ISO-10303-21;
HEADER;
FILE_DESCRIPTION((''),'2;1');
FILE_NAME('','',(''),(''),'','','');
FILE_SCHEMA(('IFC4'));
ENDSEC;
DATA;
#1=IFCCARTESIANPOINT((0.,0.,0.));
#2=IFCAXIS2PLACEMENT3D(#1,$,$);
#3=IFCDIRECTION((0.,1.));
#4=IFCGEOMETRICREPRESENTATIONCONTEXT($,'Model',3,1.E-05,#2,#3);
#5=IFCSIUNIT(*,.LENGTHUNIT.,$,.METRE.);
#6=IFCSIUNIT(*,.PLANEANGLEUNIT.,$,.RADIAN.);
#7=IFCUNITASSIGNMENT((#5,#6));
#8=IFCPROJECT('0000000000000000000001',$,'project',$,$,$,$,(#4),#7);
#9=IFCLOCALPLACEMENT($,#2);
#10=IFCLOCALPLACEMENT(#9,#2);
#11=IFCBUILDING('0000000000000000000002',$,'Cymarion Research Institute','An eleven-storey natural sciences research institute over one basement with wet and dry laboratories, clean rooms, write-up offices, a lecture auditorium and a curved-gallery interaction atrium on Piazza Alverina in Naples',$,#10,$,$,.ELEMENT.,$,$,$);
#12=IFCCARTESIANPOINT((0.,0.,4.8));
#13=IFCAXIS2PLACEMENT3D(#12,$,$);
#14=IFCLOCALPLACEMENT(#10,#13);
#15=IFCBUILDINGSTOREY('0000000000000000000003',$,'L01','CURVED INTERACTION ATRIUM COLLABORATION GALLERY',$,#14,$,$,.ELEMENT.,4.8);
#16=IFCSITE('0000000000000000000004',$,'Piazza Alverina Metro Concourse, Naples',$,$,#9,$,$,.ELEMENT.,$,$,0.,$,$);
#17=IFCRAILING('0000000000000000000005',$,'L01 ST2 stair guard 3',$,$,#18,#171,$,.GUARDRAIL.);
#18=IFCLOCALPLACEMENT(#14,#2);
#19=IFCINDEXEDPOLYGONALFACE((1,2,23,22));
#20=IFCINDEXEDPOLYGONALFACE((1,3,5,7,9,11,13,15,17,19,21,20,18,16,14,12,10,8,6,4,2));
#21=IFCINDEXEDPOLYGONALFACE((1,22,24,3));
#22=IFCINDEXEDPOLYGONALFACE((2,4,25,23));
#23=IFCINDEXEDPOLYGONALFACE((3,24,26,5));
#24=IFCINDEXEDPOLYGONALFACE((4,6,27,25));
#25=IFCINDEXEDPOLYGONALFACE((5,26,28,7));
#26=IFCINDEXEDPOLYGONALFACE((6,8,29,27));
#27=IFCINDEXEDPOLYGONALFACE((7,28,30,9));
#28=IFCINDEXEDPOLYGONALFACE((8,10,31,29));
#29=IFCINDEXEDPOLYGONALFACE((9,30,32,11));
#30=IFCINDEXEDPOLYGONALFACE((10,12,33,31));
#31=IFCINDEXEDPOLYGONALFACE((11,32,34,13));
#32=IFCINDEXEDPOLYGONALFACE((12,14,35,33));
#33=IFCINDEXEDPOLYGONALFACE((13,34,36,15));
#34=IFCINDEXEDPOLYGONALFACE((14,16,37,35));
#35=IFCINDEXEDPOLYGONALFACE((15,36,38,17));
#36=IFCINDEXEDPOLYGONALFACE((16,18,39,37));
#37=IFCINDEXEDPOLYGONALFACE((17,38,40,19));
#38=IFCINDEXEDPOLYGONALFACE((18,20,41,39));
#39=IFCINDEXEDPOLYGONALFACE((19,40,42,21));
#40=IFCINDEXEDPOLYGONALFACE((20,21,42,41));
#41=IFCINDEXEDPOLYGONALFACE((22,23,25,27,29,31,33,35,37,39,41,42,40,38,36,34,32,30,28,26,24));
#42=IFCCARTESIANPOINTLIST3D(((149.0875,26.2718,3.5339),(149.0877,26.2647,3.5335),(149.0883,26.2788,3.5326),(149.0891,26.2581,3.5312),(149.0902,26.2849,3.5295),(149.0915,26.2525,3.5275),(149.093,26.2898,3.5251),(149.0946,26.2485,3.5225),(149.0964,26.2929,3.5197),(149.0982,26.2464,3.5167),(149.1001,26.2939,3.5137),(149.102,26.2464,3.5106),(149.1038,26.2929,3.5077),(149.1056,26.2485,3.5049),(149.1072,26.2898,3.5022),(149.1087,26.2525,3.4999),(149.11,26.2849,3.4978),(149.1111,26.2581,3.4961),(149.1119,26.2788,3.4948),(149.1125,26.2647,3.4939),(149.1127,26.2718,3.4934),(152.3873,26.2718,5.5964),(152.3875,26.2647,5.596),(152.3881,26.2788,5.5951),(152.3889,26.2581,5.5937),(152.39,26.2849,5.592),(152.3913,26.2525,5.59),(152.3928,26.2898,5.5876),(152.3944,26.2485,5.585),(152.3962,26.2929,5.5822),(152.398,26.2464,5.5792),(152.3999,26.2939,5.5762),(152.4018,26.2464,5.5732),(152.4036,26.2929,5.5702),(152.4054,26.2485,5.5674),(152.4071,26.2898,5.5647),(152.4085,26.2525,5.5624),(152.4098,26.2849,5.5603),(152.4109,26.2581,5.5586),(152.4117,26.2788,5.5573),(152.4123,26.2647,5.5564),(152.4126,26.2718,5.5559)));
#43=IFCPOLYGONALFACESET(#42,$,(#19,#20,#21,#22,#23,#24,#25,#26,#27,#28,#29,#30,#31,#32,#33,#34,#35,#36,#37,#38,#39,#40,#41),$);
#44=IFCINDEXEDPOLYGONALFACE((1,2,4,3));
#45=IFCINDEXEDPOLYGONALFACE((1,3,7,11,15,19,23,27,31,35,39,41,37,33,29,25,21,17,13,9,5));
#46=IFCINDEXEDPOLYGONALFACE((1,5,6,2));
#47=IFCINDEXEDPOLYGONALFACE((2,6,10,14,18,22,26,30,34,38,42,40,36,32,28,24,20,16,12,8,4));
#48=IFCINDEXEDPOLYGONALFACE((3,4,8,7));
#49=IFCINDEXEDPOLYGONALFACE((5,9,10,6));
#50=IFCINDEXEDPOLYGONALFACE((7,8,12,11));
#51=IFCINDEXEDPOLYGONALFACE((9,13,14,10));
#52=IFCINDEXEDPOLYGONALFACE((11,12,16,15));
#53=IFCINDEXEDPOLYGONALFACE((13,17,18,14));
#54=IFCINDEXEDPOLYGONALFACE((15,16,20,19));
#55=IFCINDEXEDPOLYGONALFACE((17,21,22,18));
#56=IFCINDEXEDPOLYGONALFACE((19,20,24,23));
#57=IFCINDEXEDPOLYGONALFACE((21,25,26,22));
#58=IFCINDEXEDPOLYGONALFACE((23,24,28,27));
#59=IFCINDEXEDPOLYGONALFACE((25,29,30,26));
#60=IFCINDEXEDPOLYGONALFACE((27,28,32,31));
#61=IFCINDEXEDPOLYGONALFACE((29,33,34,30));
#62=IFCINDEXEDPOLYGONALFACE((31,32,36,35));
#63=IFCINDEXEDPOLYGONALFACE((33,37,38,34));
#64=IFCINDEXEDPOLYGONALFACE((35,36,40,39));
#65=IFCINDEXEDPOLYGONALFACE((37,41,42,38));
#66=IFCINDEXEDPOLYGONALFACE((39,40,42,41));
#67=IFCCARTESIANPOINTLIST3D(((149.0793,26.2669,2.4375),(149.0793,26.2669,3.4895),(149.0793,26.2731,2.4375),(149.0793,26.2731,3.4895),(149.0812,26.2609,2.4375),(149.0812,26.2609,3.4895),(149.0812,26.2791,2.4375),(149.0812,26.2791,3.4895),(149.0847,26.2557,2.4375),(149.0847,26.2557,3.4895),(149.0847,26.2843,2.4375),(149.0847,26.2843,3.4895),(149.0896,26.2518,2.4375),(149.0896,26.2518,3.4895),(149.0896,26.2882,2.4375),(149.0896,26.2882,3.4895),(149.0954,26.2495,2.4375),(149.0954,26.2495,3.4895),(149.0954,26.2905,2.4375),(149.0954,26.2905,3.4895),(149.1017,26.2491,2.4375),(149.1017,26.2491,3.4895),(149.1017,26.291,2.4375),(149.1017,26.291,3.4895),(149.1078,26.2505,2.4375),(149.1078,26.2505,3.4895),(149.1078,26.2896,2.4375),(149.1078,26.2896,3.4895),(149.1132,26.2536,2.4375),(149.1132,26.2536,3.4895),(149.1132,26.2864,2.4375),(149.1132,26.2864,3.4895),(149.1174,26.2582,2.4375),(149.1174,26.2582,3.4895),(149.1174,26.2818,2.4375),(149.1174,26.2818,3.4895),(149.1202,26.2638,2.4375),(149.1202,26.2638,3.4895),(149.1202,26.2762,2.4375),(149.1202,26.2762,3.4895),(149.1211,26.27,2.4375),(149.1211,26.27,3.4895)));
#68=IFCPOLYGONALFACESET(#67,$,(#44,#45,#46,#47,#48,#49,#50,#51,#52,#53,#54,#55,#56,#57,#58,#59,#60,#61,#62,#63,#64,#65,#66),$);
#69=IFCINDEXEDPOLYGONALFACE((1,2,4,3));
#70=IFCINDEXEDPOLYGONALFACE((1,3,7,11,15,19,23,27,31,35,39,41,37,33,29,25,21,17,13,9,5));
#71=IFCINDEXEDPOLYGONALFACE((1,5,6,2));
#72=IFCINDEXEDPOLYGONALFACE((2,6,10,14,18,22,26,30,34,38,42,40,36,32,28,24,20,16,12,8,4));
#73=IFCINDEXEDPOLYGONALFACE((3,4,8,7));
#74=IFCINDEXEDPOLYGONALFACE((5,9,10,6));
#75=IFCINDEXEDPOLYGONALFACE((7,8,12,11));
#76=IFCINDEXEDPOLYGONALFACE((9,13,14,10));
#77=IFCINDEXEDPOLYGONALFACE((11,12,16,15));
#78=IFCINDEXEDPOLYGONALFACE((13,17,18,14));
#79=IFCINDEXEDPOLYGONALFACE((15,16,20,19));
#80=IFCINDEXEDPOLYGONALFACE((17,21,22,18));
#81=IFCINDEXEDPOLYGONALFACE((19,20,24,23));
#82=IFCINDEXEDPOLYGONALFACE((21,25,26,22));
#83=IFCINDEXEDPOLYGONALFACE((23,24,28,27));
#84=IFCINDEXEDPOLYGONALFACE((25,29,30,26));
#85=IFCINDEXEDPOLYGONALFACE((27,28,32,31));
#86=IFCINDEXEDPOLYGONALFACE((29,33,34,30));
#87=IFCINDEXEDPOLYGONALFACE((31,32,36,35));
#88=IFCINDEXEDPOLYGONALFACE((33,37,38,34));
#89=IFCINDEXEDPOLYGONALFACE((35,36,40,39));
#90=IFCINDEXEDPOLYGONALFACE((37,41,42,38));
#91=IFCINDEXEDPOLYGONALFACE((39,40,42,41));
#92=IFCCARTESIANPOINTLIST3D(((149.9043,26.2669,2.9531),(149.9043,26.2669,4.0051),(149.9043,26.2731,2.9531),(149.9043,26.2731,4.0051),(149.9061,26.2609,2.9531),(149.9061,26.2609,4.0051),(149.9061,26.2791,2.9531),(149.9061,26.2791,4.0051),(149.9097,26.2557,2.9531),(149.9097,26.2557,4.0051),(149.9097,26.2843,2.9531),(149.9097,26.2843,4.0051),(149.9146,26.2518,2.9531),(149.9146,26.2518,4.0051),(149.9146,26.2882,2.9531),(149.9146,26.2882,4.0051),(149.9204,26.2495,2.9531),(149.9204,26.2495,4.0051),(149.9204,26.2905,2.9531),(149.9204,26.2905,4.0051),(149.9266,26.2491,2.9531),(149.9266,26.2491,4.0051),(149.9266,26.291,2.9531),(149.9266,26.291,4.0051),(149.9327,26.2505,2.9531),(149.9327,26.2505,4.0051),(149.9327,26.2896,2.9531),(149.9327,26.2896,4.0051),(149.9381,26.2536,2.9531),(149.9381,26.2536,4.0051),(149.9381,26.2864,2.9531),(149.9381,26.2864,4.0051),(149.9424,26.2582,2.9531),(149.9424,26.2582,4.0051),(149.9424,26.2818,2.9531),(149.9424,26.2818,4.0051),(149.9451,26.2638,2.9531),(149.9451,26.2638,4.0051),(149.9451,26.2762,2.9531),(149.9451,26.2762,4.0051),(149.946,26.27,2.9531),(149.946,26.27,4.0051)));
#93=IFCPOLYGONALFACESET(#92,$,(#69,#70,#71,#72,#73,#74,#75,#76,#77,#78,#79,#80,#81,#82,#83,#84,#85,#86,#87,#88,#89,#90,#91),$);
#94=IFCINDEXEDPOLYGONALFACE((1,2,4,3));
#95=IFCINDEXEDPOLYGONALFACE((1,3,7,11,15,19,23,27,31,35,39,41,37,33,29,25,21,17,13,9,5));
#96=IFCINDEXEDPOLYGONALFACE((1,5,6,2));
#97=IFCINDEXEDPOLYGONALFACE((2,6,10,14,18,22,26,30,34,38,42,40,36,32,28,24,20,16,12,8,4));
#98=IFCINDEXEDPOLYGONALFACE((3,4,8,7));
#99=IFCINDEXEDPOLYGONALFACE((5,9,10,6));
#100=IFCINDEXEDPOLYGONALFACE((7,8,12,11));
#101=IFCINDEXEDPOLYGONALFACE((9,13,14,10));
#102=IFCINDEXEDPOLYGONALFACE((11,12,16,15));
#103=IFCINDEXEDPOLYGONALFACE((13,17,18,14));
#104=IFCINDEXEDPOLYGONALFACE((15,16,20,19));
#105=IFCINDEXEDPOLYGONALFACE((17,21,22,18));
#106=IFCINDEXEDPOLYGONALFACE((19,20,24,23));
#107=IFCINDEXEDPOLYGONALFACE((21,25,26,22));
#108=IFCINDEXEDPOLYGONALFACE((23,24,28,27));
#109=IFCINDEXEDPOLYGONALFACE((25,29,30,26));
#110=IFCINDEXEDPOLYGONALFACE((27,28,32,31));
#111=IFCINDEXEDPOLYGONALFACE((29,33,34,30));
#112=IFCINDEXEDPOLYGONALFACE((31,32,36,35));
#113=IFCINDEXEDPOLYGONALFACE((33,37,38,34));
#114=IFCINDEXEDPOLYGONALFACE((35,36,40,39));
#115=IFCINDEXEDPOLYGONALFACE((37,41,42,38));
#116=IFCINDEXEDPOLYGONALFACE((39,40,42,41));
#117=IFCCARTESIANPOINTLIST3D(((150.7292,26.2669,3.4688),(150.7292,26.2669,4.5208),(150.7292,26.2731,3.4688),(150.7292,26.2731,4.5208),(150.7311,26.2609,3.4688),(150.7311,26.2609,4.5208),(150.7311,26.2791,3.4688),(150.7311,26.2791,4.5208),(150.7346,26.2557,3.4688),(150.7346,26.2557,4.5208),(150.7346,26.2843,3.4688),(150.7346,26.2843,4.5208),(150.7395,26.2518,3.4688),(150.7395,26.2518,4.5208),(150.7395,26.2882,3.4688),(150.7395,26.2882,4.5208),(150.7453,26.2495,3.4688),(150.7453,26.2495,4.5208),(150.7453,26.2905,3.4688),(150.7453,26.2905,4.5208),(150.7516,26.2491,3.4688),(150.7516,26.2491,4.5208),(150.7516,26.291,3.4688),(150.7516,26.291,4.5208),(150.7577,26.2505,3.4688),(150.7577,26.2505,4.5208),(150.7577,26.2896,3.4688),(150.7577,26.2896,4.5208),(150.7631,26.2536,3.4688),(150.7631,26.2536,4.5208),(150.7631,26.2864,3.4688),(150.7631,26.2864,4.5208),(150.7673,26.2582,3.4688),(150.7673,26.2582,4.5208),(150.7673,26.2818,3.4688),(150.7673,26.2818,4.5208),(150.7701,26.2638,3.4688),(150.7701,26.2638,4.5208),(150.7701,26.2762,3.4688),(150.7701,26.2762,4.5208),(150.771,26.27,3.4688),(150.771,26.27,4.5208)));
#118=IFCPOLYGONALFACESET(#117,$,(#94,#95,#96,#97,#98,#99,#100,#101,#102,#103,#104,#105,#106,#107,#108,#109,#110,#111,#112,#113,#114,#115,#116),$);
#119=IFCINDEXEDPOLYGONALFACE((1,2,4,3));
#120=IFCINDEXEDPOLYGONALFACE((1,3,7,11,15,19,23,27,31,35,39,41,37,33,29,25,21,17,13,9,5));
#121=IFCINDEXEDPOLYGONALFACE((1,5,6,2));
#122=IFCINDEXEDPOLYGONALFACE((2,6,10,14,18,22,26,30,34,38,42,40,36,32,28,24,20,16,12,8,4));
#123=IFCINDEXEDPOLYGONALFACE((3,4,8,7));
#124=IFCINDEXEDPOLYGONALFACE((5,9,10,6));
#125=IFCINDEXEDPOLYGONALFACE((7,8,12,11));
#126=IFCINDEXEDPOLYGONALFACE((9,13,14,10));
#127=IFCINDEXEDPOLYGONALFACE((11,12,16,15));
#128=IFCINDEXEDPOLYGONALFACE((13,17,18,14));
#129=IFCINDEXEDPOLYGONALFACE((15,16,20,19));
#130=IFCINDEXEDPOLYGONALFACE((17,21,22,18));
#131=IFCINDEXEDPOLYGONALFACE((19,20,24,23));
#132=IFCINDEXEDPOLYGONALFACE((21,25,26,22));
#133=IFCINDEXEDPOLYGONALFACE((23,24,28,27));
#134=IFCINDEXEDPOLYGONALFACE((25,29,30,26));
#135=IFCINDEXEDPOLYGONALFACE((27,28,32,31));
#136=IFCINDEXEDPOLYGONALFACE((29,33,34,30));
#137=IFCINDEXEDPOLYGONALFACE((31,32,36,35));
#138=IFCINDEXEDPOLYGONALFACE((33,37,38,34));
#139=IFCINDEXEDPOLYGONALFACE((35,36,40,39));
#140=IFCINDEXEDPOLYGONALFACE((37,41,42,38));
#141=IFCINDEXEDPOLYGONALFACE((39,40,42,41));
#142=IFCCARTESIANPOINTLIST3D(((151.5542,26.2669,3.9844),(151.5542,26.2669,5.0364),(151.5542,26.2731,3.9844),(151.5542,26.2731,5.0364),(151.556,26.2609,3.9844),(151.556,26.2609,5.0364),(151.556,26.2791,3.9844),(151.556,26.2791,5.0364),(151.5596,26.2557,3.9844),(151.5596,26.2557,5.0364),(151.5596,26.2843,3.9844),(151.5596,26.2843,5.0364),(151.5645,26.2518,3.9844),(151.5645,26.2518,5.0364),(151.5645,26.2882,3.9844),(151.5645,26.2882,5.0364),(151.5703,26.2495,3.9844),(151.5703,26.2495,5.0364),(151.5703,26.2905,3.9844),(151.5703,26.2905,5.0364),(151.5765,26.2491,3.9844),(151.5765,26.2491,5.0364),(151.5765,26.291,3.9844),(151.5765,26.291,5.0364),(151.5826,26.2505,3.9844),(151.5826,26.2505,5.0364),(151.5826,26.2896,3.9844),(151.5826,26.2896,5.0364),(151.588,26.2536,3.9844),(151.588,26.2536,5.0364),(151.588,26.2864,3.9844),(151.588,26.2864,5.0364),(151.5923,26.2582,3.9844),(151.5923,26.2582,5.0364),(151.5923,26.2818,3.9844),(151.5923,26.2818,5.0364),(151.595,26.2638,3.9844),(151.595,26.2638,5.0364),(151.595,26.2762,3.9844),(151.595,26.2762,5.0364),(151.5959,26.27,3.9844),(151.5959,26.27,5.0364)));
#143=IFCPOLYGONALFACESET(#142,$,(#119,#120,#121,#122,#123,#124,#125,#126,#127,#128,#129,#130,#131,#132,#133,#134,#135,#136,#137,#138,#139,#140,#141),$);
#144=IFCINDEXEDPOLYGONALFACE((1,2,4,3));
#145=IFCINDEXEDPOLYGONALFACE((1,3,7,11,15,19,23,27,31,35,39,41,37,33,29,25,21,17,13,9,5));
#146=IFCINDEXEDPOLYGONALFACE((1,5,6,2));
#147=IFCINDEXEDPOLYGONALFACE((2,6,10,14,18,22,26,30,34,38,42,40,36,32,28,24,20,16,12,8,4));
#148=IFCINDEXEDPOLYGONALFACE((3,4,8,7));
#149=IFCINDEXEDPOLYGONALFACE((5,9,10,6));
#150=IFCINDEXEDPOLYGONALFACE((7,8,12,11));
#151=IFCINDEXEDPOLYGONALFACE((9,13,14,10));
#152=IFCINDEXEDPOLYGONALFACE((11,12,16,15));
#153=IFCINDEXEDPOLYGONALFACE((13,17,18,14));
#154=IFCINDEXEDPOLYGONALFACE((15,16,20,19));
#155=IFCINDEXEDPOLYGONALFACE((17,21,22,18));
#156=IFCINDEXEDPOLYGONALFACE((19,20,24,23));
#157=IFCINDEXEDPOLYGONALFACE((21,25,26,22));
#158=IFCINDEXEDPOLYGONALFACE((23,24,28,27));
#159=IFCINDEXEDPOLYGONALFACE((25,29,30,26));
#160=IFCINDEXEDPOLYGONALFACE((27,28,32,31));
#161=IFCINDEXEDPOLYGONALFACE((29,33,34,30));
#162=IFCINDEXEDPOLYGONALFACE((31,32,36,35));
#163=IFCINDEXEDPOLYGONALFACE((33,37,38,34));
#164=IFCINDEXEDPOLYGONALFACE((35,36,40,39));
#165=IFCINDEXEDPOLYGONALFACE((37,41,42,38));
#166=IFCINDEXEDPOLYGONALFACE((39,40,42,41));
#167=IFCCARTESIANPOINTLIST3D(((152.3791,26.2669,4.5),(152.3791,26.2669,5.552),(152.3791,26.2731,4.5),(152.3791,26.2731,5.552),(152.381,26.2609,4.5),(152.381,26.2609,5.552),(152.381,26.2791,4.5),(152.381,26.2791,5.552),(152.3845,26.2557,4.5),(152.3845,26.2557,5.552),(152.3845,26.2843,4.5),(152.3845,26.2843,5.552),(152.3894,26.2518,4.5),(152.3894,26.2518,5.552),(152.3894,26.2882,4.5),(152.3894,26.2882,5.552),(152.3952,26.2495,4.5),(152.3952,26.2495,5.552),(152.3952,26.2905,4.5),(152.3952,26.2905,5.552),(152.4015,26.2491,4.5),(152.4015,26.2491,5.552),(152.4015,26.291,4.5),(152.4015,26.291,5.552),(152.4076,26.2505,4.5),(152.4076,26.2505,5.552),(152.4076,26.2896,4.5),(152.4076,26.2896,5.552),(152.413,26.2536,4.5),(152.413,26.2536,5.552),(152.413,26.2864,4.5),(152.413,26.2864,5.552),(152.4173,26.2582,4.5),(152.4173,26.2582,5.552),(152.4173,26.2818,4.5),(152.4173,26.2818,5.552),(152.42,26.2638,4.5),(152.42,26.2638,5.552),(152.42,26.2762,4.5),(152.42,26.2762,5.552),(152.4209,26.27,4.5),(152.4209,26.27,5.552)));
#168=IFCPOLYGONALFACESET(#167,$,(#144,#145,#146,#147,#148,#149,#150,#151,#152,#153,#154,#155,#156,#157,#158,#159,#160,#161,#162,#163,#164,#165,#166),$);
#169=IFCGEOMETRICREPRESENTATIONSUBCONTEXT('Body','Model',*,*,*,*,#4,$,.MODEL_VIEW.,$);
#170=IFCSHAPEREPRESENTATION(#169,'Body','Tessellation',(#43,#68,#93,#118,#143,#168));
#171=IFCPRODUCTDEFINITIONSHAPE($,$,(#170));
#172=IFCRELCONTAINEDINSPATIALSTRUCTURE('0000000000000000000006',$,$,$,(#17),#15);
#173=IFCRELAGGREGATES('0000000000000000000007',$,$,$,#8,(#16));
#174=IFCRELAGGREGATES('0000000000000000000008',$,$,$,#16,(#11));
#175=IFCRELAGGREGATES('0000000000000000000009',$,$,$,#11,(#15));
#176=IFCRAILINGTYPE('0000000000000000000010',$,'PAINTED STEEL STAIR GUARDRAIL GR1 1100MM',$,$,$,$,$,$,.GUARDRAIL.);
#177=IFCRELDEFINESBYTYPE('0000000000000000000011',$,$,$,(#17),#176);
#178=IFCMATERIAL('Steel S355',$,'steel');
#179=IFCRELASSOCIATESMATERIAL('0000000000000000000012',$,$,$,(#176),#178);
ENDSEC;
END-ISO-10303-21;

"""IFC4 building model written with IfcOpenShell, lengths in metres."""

from ifc_helpers import new_model, si_unit, direction, frame, origin, origin_2d, place, context, subcontext, project, spatial, circle, extrude, material, type_object, element, save


model = new_model("IFC4")

# Units and contexts
model_context = context("Model", 3, precision=1e-05, world=origin(), true_north=direction((0.0, 1.0)))
body_context = subcontext(model_context, "Body", "Model", "MODEL_VIEW")
ifc_project = project(units=[si_unit("LENGTHUNIT", "METRE"), si_unit("PLANEANGLEUNIT", "RADIAN")], contexts=[model_context])

# Site, building, storey
site_placement = place(None, origin())
site = spatial("IfcSite", under=ifc_project, at=site_placement, Name="Piazza Alverina Metro Concourse, Naples", CompositionType="ELEMENT", RefElevation=0.0)
building_placement = place(site_placement, origin())
building = spatial("IfcBuilding", under=site, at=building_placement, Name="Cymarion Research Institute", Description="An eleven-storey natural sciences research institute over one basement with wet and dry laboratories, clean rooms, write-up offices, a lecture auditorium and a curved-gallery interaction atrium on Piazza Alverina in Naples", CompositionType="ELEMENT")
storey_placement = place(building_placement, frame((0.0, 0.0, 4.8)))
storey = spatial("IfcBuildingStorey", under=building, at=storey_placement, Name="L01", Description="CURVED INTERACTION ATRIUM COLLABORATION GALLERY", CompositionType="ELEMENT", Elevation=4.8)

# Shared definitions
ifc_material_1 = material(Name="Steel S355", Category="steel")

# Railing
railing_type_1 = type_object("IfcRailingType", Name="PAINTED STEEL STAIR GUARDRAIL GR1 1100MM", PredefinedType="GUARDRAIL", material=ifc_material_1)
railing_1_placement = place(storey_placement, frame((149.1001, 26.27, 2.4375)))
element("IfcRailing", 1, at=railing_1_placement, inside=storey, type_object=railing_type_1, Name="L01 ST2 stair guard 3", PredefinedType="GUARDRAIL", context=body_context, shape_type="SweptSolid", body=[
    extrude(circle(Radius=0.0239, at=origin_2d()), frame((0.0, 0.0, 1.0762), z_axis=(0.847984, 0.0, 0.530021), x_axis=(0.0, 1.0, 0.0)), (0.0, 0.0, 1.0), 3.8914),
    extrude(circle(Radius=0.021, at=origin_2d()), origin(), (0.0, 0.0, 1.0), 1.052),
    extrude(circle(Radius=0.021, at=origin_2d()), frame((0.825, 0.0, 0.5156)), (0.0, 0.0, 1.0), 1.052),
    extrude(circle(Radius=0.021, at=origin_2d()), frame((1.6499, 0.0, 1.0312)), (0.0, 0.0, 1.0), 1.052),
    extrude(circle(Radius=0.021, at=origin_2d()), frame((2.4749, 0.0, 1.5469)), (0.0, 0.0, 1.0), 1.052),
    extrude(circle(Radius=0.021, at=origin_2d()), frame((3.2998, 0.0, 2.0625)), (0.0, 0.0, 1.0), 1.052),
])

save(model, "model.ifc")
